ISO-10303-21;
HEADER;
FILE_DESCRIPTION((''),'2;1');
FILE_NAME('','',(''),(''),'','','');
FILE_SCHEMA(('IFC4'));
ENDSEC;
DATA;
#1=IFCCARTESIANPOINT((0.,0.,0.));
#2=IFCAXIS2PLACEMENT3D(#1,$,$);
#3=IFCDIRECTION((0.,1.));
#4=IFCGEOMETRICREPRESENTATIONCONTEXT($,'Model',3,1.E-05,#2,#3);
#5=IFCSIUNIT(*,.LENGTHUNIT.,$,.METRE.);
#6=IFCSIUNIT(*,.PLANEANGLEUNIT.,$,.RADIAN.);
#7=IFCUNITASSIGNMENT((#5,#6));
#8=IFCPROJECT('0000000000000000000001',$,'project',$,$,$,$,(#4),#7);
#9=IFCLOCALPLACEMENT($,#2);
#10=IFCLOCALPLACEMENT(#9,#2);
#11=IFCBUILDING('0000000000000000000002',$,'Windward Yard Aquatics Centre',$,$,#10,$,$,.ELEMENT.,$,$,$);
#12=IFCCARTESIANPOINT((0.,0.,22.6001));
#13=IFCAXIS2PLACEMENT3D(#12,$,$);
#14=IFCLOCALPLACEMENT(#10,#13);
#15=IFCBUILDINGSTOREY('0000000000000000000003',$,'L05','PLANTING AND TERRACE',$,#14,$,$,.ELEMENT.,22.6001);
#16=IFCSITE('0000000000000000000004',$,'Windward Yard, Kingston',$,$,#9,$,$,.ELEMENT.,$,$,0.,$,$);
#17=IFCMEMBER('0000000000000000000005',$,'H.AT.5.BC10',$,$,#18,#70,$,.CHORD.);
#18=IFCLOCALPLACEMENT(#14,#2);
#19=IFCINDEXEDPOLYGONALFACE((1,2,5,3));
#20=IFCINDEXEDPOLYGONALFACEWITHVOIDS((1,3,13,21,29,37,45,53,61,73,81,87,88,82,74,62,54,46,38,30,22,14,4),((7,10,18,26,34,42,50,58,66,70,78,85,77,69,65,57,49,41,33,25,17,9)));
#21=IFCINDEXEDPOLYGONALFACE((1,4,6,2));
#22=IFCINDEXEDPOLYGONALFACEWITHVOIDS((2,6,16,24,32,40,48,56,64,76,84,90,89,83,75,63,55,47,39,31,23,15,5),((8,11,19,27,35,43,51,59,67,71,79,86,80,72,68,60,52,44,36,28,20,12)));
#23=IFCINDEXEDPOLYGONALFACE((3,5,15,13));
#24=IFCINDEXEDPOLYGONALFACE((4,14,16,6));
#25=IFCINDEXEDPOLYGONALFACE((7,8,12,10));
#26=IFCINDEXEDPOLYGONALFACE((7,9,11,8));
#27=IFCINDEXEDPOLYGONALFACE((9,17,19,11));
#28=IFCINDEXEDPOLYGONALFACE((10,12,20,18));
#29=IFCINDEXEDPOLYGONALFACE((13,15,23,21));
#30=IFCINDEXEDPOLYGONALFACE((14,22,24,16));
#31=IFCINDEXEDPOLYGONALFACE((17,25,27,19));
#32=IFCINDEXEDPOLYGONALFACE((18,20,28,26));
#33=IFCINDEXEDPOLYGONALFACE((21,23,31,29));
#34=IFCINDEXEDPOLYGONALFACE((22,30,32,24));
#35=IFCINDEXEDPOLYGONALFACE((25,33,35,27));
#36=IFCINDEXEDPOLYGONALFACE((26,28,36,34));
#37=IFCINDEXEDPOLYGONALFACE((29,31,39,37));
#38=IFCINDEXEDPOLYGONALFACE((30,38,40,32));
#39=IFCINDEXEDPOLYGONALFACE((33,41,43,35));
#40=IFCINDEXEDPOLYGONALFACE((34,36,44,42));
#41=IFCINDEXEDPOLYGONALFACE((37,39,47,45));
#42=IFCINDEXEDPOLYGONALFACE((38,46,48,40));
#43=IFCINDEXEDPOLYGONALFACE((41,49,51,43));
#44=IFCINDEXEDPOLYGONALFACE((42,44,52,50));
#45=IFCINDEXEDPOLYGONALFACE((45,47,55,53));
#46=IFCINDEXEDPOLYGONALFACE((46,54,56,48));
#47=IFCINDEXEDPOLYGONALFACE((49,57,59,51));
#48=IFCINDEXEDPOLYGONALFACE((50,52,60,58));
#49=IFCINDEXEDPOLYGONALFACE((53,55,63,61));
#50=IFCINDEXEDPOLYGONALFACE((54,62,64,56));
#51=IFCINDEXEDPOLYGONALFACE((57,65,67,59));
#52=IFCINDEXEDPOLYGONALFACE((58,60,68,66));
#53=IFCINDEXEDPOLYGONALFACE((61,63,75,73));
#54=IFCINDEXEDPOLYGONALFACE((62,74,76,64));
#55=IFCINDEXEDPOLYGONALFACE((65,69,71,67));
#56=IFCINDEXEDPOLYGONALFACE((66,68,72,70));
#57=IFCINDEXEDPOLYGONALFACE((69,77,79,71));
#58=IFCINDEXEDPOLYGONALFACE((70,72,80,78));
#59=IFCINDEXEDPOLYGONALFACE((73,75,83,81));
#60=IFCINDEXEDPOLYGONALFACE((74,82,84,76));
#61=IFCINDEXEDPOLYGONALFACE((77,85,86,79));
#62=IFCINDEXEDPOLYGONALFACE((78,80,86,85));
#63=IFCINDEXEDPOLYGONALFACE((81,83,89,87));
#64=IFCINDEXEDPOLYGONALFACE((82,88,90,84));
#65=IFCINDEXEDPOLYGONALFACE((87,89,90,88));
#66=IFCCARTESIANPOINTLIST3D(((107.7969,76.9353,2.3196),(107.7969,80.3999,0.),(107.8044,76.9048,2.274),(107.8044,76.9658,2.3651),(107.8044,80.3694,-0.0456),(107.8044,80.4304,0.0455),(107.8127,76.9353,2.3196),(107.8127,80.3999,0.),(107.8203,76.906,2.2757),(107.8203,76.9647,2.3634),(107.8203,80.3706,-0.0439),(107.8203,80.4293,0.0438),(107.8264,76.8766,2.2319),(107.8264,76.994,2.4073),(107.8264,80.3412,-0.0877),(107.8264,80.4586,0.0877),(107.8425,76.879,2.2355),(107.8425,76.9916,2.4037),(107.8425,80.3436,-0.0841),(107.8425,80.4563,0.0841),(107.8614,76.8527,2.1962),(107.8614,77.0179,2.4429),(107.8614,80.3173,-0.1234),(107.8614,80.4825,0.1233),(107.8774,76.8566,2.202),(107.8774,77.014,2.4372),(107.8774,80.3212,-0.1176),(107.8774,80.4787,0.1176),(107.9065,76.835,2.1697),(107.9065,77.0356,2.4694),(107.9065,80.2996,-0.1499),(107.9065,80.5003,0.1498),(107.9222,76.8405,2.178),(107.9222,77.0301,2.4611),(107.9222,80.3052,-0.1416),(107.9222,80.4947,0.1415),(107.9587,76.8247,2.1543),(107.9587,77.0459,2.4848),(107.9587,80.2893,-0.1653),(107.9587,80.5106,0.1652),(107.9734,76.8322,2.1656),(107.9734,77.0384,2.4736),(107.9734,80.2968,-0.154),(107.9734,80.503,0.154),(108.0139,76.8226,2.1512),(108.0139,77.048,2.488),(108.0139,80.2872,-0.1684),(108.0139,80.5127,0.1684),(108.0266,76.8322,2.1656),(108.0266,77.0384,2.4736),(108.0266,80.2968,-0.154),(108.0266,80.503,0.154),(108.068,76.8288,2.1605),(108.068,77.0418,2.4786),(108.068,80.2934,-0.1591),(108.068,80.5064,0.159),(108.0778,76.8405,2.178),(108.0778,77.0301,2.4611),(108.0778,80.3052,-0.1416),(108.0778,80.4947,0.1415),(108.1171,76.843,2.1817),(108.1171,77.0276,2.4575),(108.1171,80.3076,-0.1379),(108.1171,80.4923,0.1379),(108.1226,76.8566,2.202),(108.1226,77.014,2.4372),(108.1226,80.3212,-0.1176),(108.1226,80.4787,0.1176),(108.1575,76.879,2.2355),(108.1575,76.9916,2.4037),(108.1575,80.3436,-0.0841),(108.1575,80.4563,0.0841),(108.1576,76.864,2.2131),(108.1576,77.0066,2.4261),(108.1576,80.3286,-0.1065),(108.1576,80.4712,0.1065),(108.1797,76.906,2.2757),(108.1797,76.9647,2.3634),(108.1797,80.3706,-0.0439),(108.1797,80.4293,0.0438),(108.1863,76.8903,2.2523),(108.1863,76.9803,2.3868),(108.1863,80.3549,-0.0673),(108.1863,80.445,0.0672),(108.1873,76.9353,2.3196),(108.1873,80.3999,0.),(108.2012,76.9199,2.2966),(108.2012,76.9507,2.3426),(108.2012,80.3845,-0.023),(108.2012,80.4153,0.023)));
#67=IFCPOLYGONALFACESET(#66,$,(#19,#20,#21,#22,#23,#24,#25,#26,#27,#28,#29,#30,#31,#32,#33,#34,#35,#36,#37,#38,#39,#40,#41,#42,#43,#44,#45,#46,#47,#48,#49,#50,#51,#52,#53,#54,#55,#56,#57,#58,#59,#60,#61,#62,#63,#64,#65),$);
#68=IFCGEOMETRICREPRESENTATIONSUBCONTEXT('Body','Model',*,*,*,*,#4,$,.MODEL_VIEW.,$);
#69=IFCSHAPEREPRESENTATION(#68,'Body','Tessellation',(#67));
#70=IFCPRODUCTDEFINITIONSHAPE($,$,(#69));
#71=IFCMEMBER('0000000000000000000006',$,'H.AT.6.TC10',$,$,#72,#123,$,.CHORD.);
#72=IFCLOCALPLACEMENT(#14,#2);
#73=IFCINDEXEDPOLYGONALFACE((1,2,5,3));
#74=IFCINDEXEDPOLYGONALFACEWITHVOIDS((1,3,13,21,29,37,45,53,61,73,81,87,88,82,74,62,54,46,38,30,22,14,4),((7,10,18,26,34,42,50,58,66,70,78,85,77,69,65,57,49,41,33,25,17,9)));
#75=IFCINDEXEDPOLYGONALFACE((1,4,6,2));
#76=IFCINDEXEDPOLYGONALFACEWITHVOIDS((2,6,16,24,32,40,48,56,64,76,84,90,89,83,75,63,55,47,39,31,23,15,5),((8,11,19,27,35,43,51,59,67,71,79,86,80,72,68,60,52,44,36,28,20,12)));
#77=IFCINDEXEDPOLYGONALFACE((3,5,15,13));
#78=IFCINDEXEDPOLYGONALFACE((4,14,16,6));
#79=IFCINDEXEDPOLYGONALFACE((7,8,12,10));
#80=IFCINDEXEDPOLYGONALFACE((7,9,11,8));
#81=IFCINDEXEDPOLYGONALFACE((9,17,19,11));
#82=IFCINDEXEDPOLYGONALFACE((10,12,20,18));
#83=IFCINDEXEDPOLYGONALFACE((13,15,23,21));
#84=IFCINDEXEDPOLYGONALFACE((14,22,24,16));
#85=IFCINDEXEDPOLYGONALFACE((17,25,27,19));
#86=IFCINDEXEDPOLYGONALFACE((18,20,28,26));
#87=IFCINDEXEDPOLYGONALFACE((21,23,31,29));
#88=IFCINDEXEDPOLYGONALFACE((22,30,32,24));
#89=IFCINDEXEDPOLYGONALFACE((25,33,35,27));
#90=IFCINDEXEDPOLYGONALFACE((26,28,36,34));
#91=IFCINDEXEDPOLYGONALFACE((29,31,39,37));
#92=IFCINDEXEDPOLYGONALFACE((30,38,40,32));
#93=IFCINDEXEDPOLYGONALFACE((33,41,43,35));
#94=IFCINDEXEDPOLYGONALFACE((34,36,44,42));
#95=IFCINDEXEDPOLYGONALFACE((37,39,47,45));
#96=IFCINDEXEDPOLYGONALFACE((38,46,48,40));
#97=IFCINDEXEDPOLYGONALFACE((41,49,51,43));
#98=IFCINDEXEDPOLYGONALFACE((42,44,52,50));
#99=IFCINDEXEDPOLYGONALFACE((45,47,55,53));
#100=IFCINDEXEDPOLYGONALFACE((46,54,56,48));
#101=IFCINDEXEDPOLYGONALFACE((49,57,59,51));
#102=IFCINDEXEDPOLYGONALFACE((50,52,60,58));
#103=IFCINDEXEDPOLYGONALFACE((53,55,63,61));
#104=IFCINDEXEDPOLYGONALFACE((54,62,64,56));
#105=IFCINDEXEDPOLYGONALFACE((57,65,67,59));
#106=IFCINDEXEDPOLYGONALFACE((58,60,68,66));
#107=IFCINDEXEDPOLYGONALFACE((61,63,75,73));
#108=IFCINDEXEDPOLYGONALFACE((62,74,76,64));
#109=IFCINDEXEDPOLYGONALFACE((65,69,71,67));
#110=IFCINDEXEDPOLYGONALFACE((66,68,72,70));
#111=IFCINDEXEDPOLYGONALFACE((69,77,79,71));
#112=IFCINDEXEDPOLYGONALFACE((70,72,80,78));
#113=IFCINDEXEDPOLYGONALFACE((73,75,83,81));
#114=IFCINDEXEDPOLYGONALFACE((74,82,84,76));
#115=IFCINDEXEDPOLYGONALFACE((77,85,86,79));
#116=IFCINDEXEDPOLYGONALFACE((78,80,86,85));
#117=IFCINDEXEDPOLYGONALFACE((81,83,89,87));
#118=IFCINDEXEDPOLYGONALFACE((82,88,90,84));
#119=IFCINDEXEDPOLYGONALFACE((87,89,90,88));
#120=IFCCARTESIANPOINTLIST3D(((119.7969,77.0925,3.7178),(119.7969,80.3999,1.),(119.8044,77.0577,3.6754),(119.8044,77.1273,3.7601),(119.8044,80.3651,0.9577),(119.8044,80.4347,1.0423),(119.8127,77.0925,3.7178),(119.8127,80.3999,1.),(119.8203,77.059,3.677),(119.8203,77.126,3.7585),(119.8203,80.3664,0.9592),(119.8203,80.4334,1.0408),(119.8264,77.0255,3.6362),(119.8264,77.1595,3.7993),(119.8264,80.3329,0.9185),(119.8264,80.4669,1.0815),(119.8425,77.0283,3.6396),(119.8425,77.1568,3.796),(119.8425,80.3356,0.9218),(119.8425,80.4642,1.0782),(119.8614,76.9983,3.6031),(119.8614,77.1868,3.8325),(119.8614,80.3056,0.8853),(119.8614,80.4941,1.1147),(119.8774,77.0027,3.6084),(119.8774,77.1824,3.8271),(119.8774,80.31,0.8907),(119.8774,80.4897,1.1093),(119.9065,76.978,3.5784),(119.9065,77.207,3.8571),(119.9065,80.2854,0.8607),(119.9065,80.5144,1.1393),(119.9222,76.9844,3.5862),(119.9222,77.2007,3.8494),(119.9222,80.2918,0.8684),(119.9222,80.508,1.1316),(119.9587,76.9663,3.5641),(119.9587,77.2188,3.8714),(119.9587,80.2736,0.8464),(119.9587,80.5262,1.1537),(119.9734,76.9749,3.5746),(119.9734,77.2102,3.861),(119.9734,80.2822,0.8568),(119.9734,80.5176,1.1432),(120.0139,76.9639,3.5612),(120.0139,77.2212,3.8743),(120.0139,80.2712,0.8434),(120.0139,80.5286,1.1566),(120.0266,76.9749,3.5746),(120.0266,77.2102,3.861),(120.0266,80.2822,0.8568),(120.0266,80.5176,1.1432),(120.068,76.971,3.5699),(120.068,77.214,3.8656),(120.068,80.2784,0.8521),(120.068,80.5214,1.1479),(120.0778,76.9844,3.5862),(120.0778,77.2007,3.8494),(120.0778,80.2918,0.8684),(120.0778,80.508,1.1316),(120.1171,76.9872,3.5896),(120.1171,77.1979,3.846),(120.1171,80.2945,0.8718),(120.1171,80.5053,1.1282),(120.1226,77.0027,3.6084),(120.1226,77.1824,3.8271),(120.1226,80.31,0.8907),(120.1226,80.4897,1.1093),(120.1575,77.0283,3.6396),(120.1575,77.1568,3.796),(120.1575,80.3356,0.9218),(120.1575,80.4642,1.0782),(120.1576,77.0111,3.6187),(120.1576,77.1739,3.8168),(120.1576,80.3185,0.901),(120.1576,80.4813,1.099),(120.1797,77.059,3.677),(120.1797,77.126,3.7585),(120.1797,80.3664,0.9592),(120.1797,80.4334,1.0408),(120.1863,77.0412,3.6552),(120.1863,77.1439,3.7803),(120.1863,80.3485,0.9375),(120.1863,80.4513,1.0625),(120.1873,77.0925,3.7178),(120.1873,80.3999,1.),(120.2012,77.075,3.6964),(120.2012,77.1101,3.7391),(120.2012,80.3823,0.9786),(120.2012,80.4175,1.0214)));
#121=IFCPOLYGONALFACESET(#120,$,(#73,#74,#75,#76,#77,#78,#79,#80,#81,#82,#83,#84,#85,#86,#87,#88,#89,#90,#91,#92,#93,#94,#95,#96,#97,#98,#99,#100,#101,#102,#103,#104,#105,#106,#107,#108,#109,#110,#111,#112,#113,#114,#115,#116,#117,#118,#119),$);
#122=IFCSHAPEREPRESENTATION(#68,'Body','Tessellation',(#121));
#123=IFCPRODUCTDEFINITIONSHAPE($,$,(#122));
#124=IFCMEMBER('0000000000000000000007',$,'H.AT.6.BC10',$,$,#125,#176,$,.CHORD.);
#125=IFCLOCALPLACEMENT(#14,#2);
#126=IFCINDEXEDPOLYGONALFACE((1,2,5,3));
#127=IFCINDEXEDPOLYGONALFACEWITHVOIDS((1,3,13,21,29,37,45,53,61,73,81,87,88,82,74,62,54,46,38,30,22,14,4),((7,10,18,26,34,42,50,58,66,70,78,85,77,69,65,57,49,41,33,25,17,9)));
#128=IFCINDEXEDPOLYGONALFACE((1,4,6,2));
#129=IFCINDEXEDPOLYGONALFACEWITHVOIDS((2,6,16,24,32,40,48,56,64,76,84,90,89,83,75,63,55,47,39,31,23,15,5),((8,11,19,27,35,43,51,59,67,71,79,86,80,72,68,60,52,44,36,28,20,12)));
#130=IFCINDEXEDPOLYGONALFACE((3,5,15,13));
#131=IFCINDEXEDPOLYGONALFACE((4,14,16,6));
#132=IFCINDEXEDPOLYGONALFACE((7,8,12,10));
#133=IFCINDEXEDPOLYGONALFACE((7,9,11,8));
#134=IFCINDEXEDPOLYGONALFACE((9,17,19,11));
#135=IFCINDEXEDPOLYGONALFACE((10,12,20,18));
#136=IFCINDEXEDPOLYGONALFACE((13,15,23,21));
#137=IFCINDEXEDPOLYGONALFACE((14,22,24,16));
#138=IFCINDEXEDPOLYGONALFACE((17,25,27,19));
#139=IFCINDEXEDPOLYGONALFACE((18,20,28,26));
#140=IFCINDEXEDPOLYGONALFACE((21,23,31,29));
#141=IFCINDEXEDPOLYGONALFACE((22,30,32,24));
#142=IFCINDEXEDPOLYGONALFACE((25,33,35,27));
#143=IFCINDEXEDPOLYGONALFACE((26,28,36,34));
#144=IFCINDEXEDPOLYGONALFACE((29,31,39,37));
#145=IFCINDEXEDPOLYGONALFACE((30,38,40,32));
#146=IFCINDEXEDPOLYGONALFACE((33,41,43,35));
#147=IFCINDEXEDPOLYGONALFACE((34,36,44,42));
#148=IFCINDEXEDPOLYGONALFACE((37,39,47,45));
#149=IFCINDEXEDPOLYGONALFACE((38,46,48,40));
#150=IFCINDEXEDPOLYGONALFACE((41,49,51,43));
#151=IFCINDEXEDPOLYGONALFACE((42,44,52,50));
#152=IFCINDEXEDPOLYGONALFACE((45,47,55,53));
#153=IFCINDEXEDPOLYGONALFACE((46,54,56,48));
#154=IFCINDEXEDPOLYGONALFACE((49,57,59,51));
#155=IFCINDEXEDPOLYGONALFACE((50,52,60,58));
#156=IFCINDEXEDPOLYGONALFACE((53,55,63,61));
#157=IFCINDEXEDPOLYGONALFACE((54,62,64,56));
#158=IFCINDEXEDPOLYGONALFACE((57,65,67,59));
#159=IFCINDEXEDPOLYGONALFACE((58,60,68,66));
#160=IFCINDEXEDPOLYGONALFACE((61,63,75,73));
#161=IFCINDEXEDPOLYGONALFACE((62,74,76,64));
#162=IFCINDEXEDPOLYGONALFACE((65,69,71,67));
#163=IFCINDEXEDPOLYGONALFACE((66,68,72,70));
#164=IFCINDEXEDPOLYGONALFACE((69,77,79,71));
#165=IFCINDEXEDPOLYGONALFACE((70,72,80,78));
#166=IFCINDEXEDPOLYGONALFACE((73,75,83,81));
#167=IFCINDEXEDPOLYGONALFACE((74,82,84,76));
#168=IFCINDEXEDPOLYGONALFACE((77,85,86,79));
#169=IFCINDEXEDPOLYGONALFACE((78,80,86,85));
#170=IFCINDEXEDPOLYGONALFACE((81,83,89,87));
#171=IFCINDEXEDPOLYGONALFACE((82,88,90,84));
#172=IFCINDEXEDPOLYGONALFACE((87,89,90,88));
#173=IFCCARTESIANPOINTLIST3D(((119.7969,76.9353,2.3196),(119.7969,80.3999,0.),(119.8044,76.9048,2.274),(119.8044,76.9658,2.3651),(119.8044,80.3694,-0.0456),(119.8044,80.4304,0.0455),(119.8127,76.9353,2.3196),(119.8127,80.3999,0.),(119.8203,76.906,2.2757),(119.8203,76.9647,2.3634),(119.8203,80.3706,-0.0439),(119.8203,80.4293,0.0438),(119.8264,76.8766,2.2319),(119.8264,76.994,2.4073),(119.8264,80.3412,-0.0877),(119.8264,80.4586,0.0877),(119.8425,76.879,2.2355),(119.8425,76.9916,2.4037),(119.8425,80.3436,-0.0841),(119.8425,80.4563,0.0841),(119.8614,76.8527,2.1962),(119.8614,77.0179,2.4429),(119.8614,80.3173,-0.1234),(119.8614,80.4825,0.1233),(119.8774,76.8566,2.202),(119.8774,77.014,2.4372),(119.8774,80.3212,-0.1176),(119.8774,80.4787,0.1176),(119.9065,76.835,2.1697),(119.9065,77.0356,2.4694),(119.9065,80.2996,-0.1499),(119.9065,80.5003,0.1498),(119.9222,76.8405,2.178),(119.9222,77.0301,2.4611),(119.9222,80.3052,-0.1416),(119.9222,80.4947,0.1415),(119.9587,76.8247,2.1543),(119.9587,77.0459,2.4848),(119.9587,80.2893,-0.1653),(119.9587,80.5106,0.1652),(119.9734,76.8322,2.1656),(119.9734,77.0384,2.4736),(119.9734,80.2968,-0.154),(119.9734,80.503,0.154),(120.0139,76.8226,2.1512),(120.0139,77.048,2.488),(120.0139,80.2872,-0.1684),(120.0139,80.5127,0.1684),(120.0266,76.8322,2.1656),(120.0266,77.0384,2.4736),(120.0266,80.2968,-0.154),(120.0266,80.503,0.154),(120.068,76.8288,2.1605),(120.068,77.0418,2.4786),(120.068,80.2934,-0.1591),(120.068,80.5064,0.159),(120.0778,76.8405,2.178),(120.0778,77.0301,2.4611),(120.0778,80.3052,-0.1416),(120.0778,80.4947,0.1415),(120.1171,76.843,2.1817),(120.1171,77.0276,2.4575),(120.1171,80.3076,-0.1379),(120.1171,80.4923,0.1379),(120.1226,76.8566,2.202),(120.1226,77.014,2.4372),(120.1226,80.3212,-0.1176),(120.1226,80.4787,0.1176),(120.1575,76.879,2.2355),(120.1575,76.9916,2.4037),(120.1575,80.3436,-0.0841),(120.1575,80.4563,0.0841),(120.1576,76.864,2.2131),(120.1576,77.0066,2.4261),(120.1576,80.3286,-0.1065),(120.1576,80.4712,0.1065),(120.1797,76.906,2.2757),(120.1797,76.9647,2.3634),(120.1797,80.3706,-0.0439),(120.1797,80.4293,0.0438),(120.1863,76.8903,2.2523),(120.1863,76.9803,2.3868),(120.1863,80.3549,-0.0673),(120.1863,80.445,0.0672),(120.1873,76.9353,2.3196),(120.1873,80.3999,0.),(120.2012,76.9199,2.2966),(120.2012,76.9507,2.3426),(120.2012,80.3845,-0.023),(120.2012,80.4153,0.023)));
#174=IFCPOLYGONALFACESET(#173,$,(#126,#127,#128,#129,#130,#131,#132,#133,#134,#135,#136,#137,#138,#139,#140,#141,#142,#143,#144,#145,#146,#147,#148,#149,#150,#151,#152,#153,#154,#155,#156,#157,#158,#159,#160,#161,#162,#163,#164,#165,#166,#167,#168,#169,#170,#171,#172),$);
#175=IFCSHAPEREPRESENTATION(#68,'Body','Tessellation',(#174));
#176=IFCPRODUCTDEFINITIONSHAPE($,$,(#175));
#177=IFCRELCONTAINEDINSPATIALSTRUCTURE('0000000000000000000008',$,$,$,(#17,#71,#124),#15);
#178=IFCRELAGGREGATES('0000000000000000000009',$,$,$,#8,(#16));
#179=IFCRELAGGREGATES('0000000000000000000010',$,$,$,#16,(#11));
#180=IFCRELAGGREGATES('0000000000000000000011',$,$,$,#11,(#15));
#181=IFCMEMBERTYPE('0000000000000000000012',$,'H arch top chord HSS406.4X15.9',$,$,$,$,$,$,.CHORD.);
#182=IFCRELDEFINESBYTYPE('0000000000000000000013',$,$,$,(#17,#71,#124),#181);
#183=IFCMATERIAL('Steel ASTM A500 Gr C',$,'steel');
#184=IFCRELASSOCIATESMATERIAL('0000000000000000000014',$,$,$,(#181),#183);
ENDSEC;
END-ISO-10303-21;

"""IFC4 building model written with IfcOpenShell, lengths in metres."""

from ifc_helpers import new_model, si_unit, direction, frame, origin, origin_2d, place, context, subcontext, project, spatial, hollow_circle, extrude, material, material_profile, profile_set, type_object, element, save


model = new_model("IFC4")

# Units and contexts
model_context = context("Model", 3, precision=1e-05, world=origin(), true_north=direction((0.0, 1.0)))
body_context = subcontext(model_context, "Body", "Model", "MODEL_VIEW")
ifc_project = project(units=[si_unit("LENGTHUNIT", "METRE"), si_unit("PLANEANGLEUNIT", "RADIAN")], contexts=[model_context])

# Site, building, storey
site_placement = place(None, origin())
site = spatial("IfcSite", under=ifc_project, at=site_placement, Name="Windward Yard, Kingston", CompositionType="ELEMENT", RefElevation=0.0)
building_placement = place(site_placement, origin())
building = spatial("IfcBuilding", under=site, at=building_placement, Name="Windward Yard Aquatics Centre", CompositionType="ELEMENT")
storey_placement = place(building_placement, frame((0.0, 0.0, 22.6001)))
storey = spatial("IfcBuildingStorey", under=building, at=storey_placement, Name="L05", Description="PLANTING AND TERRACE", CompositionType="ELEMENT", Elevation=22.6001)

# Members
ifc_material_1 = material(Name="Steel ASTM A500 Gr C", Category="steel")
ifc_material_profile_1 = material_profile(ifc_material_1, hollow_circle(Radius=0.2031, WallThickness=0.0159, at=origin_2d()), Name="HSS406.4X15.9")
ifc_profile_set_1 = profile_set([ifc_material_profile_1], Name="Steel ASTM A500 Gr C")
member_type_1 = type_object("IfcMemberType", Name="H arch top chord HSS406.4X15.9", PredefinedType="CHORD", material=ifc_profile_set_1)
member_1_placement = place(storey_placement, frame((108.0, 76.9353, 2.3196), z_axis=(0.0, 0.830959, -0.556334), x_axis=(-1.0, 0.0, 0.0)))
element("IfcMember", 1, at=member_1_placement, inside=storey, type_object=member_type_1, Name="H.AT.5.BC10", PredefinedType="CHORD", context=body_context, shape_type="SweptSolid", body=[
    extrude(hollow_circle(Radius=0.2031, WallThickness=0.0159, at=origin_2d()), origin(), (0.0, 0.0, 1.0), 4.1694),
])
member_2_placement = place(storey_placement, frame((120.0, 77.0925, 3.7178), z_axis=(0.0, 0.772611, -0.634879), x_axis=(-1.0, 0.0, 0.0)))
element("IfcMember", 2, at=member_2_placement, inside=storey, type_object=member_type_1, Name="H.AT.6.TC10", PredefinedType="CHORD", context=body_context, shape_type="SweptSolid", body=[
    extrude(hollow_circle(Radius=0.2031, WallThickness=0.0159, at=origin_2d()), origin(), (0.0, 0.0, 1.0), 4.2808),
])
for number, where, z_axis, x_axis, name in (
    (3, (120.0, 76.9353, 2.3196), (0.0, 0.830959, -0.556334), (-1.0, 0.0, 0.0), "H.AT.6.BC10"),
):
    element("IfcMember", number, at=place(storey_placement, frame(where, z_axis=z_axis, x_axis=x_axis)), inside=storey, type_object=member_type_1, Name=name, PredefinedType="CHORD", context=body_context, shape_type="SweptSolid", body=[
        extrude(hollow_circle(Radius=0.2031, WallThickness=0.0159, at=origin_2d()), origin(), (0.0, 0.0, 1.0), 4.1694),
    ])

save(model, "model.ifc")
